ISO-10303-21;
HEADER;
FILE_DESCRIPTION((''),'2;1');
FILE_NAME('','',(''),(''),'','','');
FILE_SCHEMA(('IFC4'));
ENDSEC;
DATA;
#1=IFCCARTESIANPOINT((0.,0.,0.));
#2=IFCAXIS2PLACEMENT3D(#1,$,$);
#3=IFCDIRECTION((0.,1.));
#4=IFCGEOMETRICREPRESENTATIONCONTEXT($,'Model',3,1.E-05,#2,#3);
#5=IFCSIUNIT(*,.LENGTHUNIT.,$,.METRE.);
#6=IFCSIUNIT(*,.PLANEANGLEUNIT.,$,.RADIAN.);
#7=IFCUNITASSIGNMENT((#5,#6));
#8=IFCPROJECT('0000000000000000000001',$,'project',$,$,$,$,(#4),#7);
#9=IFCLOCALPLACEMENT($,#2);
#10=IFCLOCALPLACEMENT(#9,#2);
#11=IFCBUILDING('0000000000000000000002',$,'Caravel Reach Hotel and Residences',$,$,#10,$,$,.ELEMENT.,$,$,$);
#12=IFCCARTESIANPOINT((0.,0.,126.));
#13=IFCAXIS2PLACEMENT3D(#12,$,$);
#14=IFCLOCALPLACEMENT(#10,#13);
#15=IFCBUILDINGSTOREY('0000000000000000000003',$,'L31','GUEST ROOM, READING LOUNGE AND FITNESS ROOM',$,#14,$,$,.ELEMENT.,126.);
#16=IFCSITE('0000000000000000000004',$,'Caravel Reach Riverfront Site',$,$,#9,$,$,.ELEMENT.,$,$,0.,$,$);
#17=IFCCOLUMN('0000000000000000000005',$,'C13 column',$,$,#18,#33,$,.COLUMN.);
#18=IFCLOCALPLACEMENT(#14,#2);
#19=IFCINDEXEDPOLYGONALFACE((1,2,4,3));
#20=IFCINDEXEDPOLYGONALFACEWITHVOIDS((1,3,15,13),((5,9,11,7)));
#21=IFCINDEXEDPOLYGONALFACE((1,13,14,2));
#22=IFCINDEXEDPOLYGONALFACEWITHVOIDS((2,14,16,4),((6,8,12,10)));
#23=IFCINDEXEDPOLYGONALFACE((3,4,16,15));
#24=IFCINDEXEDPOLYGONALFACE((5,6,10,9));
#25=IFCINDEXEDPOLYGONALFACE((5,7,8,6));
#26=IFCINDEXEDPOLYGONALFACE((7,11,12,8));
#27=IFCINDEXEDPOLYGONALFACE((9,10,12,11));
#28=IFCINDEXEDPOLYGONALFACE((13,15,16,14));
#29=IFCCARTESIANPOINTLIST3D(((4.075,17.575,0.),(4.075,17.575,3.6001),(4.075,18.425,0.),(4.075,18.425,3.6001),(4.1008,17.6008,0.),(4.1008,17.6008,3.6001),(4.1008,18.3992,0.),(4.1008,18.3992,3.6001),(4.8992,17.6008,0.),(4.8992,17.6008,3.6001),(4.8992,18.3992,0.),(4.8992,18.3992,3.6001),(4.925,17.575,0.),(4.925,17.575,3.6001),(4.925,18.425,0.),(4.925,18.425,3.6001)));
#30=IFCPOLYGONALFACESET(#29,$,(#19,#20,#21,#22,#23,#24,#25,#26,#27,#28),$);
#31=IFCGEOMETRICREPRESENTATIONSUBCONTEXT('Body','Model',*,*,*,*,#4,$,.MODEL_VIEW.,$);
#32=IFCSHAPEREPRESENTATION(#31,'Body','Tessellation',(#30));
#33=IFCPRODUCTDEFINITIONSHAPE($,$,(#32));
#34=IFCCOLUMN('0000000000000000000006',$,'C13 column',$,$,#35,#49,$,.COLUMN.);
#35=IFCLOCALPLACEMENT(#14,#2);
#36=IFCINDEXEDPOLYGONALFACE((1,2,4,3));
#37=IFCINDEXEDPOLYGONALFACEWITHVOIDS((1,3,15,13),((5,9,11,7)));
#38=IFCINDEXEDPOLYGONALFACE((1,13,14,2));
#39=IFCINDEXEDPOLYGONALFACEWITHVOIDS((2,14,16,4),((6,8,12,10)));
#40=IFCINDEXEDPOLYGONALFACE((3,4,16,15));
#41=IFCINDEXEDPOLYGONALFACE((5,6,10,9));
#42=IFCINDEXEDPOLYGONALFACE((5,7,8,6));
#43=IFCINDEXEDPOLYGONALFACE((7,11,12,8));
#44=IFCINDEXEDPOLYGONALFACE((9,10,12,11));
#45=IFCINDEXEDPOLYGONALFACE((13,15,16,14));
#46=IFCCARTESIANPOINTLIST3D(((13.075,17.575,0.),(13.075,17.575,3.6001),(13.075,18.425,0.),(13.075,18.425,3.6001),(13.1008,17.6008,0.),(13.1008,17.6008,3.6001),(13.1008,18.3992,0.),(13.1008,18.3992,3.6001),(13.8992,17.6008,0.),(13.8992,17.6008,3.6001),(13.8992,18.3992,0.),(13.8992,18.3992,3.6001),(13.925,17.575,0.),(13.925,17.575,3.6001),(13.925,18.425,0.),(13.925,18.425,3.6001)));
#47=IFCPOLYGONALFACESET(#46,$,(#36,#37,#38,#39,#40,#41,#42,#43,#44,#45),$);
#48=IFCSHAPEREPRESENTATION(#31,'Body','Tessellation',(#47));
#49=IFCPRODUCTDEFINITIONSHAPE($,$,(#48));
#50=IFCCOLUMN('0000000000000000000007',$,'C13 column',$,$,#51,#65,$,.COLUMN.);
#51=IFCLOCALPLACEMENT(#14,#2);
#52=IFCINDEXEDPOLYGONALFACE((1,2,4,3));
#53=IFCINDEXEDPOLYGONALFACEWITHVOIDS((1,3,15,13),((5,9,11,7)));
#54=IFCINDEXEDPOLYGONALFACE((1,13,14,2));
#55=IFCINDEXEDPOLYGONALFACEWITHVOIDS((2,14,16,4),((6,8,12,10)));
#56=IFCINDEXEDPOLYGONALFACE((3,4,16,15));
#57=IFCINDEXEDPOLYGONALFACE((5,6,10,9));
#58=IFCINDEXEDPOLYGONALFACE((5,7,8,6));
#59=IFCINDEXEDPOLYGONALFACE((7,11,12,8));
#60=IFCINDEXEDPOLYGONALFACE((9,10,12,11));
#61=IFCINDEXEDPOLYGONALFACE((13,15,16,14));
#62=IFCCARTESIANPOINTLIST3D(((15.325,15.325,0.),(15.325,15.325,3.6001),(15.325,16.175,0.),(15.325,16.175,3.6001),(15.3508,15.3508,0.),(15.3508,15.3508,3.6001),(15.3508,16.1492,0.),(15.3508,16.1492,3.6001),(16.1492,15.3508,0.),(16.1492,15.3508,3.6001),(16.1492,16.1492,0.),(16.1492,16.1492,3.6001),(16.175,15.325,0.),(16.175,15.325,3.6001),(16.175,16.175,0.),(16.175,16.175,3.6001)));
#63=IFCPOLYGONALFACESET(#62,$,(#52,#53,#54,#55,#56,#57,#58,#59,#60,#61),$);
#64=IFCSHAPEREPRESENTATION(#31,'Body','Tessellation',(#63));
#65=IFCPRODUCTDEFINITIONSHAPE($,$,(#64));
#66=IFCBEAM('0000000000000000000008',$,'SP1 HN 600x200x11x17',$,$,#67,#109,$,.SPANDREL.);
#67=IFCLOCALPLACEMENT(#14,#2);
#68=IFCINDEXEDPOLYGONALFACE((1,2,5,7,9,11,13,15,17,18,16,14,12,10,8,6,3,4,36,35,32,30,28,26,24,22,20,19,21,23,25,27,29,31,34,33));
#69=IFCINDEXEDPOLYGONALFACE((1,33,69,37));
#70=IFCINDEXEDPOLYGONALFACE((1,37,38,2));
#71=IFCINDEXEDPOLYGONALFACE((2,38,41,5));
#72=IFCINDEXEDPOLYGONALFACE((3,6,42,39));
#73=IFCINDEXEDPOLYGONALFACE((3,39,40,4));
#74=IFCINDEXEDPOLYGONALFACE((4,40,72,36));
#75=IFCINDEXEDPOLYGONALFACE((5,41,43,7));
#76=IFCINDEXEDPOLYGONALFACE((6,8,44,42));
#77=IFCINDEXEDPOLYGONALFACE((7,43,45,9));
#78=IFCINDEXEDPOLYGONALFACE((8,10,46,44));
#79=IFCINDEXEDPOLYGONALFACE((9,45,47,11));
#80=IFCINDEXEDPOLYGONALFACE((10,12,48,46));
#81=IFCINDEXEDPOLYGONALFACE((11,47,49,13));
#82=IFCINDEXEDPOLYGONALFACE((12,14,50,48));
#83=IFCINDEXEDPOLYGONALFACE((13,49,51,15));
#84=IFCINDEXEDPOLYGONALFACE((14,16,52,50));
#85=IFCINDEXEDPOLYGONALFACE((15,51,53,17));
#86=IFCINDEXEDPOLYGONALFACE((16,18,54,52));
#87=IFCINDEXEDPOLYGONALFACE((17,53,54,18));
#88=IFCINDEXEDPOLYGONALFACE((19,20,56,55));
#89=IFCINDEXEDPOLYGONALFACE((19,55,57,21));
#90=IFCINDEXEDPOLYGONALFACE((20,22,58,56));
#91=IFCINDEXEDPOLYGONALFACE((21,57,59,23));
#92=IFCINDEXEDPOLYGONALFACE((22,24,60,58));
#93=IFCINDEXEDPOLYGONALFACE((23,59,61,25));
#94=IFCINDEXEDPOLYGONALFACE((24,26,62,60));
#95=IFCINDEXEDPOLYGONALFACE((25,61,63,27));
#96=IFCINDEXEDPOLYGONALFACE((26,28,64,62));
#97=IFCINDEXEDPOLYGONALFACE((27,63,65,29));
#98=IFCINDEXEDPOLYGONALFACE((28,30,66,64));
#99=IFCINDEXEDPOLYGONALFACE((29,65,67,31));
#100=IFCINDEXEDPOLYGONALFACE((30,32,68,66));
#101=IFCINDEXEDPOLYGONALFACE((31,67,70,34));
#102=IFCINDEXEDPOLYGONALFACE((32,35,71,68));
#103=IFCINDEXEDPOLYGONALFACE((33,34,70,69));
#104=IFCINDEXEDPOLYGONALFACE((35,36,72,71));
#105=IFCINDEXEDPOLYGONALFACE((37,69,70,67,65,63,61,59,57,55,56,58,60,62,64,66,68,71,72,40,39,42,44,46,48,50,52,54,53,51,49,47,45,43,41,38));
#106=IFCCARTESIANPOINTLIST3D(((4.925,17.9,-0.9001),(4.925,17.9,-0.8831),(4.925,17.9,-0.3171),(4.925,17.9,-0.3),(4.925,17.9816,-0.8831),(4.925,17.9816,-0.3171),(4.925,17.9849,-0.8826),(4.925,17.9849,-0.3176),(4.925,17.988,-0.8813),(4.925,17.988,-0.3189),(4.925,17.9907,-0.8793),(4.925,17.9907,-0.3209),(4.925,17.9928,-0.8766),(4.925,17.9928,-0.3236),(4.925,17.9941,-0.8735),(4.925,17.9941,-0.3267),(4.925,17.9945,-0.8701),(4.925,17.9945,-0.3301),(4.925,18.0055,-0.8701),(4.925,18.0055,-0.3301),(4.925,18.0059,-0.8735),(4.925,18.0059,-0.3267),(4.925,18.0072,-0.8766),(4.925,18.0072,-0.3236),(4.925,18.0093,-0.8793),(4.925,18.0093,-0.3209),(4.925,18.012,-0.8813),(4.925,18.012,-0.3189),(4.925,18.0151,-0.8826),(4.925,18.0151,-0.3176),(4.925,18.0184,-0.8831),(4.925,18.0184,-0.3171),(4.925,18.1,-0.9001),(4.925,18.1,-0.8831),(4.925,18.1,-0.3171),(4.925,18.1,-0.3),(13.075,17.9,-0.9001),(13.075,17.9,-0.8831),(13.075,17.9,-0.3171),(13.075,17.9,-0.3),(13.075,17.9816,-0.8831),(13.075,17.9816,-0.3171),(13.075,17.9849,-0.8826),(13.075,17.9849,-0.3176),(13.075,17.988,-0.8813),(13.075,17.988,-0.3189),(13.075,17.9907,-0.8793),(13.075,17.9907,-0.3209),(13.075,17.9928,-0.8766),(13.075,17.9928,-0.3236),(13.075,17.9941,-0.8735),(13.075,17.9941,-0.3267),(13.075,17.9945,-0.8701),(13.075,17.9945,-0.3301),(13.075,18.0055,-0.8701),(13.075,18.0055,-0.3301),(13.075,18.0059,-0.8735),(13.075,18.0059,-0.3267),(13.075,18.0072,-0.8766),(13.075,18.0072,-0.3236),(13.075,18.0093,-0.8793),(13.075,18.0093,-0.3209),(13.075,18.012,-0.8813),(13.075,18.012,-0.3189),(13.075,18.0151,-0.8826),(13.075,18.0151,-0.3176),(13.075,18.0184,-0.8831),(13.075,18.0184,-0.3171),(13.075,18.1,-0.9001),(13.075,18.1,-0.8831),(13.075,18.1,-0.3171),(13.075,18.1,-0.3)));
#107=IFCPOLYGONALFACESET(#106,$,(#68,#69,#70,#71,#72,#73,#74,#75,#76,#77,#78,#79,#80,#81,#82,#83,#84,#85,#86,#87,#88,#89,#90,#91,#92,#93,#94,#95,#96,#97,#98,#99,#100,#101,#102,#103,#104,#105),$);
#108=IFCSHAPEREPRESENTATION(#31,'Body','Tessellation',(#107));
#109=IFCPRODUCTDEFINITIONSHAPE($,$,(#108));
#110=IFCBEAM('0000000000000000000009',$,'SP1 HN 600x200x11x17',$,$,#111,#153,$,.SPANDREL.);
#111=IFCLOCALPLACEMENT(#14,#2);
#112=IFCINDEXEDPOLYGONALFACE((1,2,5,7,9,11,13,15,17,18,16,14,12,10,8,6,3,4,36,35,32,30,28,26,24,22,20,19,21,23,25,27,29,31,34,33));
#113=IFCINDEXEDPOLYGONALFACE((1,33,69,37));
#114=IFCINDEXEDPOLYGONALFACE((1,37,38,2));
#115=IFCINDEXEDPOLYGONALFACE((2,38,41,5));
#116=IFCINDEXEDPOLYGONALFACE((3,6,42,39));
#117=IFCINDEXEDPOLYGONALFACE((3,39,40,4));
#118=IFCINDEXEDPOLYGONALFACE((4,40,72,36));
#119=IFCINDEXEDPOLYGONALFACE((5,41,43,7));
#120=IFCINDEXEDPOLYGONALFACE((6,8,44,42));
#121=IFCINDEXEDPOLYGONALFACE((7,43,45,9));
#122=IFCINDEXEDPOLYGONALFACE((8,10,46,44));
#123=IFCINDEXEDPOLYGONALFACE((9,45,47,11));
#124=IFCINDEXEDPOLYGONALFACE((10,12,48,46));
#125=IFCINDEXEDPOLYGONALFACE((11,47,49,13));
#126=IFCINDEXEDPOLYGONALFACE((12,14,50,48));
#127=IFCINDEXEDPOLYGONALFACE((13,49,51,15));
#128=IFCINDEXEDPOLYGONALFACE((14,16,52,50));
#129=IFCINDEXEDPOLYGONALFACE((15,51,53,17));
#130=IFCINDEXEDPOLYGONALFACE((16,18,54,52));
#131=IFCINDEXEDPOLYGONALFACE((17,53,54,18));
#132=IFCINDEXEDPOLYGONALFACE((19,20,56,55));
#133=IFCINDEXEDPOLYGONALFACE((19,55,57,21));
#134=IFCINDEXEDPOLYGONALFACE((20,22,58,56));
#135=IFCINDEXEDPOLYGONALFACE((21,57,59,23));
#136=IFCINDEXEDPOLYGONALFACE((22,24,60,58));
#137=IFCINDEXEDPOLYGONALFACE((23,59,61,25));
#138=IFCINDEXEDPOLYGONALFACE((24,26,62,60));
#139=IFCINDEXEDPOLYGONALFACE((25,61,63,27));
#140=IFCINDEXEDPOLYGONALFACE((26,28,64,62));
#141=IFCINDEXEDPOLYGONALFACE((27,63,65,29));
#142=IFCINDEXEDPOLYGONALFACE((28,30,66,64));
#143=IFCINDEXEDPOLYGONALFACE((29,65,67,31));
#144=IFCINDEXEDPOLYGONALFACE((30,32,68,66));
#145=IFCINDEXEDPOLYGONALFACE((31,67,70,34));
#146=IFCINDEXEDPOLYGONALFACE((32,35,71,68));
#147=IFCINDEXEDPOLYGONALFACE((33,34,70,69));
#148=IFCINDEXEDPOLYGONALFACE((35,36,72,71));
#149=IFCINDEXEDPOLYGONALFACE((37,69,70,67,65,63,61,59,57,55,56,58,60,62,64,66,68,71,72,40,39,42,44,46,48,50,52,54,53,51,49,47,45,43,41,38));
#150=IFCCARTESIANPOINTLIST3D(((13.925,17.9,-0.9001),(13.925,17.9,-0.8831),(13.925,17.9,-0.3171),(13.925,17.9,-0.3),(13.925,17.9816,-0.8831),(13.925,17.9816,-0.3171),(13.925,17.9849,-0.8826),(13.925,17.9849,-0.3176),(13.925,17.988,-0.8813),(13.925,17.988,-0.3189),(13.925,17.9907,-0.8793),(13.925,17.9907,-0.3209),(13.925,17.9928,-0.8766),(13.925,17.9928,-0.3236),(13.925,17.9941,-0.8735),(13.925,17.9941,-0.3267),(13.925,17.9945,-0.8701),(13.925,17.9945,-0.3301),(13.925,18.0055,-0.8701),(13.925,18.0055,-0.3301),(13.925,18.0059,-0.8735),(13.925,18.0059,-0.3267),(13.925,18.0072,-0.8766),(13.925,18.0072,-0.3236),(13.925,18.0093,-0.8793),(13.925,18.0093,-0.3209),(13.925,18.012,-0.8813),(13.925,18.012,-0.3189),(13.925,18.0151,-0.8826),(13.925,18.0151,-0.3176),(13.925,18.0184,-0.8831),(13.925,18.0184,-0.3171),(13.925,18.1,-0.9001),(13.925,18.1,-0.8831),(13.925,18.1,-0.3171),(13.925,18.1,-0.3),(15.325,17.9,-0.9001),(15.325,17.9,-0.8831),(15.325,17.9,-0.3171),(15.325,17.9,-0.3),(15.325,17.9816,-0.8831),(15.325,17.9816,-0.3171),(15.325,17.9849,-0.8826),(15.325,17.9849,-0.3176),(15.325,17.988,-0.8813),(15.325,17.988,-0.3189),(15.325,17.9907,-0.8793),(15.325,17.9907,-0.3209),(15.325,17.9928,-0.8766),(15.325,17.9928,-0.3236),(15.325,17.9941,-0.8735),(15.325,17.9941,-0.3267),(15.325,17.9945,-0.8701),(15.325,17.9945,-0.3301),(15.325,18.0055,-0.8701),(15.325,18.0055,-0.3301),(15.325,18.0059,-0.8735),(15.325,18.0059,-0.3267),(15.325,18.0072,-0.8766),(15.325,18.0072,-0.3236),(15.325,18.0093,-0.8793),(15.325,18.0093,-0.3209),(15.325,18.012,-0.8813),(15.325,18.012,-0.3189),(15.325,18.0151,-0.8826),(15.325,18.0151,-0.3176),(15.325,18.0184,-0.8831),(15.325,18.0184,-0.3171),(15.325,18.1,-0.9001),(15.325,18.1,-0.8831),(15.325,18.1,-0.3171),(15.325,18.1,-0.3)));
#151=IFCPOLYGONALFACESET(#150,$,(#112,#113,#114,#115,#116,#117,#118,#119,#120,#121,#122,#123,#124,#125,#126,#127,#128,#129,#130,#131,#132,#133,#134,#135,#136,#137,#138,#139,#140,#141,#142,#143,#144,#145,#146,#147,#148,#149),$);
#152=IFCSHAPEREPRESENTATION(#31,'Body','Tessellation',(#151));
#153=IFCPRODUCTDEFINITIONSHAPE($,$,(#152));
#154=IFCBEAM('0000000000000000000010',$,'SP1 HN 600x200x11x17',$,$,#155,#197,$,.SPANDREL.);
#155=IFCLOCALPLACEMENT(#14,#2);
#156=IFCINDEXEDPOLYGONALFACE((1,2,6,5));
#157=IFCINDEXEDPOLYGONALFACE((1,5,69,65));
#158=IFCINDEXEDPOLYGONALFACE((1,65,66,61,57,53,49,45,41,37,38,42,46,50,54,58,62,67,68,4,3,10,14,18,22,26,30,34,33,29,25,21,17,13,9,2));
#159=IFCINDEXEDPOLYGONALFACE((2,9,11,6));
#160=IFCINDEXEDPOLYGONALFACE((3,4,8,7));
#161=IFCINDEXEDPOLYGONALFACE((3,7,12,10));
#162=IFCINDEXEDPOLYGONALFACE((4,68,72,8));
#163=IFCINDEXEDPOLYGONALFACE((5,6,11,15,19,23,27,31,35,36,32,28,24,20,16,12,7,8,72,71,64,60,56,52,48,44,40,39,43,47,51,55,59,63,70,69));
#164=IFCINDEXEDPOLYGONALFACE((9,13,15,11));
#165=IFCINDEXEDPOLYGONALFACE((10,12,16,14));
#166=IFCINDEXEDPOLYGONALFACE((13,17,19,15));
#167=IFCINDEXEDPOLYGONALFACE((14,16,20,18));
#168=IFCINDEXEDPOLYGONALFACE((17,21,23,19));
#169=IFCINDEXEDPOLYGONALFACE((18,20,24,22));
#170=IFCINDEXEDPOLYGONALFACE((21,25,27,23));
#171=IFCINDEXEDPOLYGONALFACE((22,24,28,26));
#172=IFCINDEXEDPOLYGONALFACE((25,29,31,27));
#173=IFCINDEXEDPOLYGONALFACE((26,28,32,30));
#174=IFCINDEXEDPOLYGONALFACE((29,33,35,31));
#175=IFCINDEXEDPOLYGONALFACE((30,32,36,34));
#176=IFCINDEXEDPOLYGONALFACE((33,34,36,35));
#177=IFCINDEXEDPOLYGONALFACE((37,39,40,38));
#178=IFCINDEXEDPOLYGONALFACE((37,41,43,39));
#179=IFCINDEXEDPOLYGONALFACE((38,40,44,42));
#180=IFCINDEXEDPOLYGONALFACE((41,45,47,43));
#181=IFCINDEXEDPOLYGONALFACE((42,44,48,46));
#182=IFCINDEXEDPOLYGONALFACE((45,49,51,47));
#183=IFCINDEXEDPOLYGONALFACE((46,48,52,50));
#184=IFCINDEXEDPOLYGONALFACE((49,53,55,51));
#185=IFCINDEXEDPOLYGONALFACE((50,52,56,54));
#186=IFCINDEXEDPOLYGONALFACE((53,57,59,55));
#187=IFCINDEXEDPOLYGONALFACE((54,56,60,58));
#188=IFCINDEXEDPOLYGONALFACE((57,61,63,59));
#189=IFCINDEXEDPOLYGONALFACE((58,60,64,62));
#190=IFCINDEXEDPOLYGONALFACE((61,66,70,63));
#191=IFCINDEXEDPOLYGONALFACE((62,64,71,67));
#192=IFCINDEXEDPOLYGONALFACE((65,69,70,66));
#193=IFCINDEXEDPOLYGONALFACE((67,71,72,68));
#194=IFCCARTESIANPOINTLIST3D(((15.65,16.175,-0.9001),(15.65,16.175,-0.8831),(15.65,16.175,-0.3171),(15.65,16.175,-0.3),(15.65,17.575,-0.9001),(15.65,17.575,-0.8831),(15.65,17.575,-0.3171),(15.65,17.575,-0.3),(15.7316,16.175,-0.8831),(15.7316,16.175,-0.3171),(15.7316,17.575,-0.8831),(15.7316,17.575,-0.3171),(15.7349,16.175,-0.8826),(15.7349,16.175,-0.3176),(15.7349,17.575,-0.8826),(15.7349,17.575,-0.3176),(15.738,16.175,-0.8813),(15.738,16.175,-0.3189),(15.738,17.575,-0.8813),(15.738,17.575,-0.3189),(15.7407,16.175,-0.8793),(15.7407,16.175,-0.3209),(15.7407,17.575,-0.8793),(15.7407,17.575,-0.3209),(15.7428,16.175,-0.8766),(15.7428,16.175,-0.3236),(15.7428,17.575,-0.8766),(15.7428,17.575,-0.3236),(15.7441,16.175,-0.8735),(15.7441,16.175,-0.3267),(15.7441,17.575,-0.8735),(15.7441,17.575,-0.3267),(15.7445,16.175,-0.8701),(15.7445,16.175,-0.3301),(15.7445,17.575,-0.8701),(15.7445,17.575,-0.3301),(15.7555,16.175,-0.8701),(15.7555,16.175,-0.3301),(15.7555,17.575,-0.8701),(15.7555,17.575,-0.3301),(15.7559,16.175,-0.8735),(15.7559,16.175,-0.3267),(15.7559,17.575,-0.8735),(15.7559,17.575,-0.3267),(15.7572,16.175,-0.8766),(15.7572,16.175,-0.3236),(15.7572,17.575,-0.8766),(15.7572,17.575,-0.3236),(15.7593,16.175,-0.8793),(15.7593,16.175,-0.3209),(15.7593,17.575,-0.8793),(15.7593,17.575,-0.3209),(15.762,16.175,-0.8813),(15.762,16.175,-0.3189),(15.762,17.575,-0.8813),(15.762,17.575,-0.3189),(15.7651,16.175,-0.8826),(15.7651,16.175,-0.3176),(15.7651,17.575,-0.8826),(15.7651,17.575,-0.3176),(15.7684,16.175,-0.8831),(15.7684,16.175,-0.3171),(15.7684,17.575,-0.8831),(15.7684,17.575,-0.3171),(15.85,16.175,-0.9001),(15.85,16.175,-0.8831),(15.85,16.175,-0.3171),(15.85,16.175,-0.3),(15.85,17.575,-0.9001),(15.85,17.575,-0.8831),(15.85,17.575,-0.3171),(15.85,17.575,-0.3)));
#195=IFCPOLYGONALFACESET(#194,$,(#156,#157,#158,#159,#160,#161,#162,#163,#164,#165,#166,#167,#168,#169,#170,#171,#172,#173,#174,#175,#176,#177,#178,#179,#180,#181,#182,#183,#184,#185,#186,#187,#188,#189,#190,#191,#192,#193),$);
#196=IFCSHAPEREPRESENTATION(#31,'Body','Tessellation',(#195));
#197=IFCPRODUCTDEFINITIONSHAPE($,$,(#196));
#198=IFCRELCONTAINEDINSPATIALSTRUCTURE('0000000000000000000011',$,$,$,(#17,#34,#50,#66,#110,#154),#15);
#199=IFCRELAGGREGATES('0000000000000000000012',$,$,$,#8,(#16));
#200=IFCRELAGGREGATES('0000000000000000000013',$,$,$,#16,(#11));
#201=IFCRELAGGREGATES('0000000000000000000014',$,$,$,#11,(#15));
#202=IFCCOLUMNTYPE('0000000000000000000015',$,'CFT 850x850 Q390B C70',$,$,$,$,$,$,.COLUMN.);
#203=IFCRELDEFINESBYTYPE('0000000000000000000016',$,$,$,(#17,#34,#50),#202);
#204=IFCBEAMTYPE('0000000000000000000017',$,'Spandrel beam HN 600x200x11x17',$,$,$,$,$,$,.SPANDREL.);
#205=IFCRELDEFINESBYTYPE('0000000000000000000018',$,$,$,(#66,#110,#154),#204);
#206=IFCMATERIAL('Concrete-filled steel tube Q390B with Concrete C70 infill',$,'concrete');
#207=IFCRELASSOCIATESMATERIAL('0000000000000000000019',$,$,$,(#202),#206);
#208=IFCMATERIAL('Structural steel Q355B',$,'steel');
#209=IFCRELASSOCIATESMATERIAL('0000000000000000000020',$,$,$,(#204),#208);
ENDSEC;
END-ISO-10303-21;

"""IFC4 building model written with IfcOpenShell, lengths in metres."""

from ifc_helpers import new_model, si_unit, direction, frame, origin, origin_2d, place, context, subcontext, project, spatial, hollow_rectangle, i_section, extrude, material, material_profile, profile_set, type_object, element, save


model = new_model("IFC4")

# Units and contexts
model_context = context("Model", 3, precision=1e-05, world=origin(), true_north=direction((0.0, 1.0)))
body_context = subcontext(model_context, "Body", "Model", "MODEL_VIEW")
ifc_project = project(units=[si_unit("LENGTHUNIT", "METRE"), si_unit("PLANEANGLEUNIT", "RADIAN")], contexts=[model_context])

# Site, building, storey
site_placement = place(None, origin())
site = spatial("IfcSite", under=ifc_project, at=site_placement, Name="Caravel Reach Riverfront Site", CompositionType="ELEMENT", RefElevation=0.0)
building_placement = place(site_placement, origin())
building = spatial("IfcBuilding", under=site, at=building_placement, Name="Caravel Reach Hotel and Residences", CompositionType="ELEMENT")
storey_placement = place(building_placement, frame((0.0, 0.0, 126.0)))
storey = spatial("IfcBuildingStorey", under=building, at=storey_placement, Name="L31", Description="GUEST ROOM, READING LOUNGE AND FITNESS ROOM", CompositionType="ELEMENT", Elevation=126.0)

# Columns
ifc_material_1 = material(Name="Concrete-filled steel tube Q390B with Concrete C70 infill", Category="concrete")
ifc_material_profile_1 = material_profile(ifc_material_1, hollow_rectangle(XDim=0.8501, YDim=0.8501, WallThickness=0.0259, at=origin_2d()), Name="RHS 850x850x26")
ifc_profile_set_1 = profile_set([ifc_material_profile_1], Name="Concrete-filled steel tube Q390B with Concrete C70 infill")
column_type = type_object("IfcColumnType", Name="CFT 850x850 Q390B C70", PredefinedType="COLUMN", material=ifc_profile_set_1)
for number, where, z_axis, x_axis, name in (
    (1, (4.5, 18.0, 0.0), (0.0, 0.0, 1.0), (1.0, 0.0, 0.0), "C13 column"),
    (2, (13.5, 18.0, 0.0), (0.0, 0.0, 1.0), (1.0, 0.0, 0.0), "C13 column"),
    (3, (15.75, 15.75, 0.0), (0.0, 0.0, 1.0), (1.0, 0.0, 0.0), "C13 column"),
):
    element("IfcColumn", number, at=place(storey_placement, frame(where, z_axis=z_axis, x_axis=x_axis)), inside=storey, type_object=column_type, Name=name, PredefinedType="COLUMN", context=body_context, shape_type="SweptSolid", body=[
        extrude(hollow_rectangle(XDim=0.8501, YDim=0.8501, WallThickness=0.0259, at=origin_2d()), origin(), (0.0, 0.0, 1.0), 3.6001),
    ])

# Beams
ifc_material_2 = material(Name="Structural steel Q355B", Category="steel")
ifc_material_profile_2 = material_profile(ifc_material_2, i_section(OverallWidth=0.2, OverallDepth=0.6001, WebThickness=0.011, FlangeThickness=0.0171, FilletRadius=0.0129, at=origin_2d()), Name="HN 600x200x11x17")
ifc_profile_set_2 = profile_set([ifc_material_profile_2], Name="Structural steel Q355B")
beam_type = type_object("IfcBeamType", Name="Spandrel beam HN 600x200x11x17", PredefinedType="SPANDREL", material=ifc_profile_set_2)
beam_placement = place(storey_placement, frame((4.925, 18.0, -0.6001), z_axis=(1.0, 0.0, 0.0), x_axis=(0.0, 1.0, 0.0)))
element("IfcBeam", 4, at=beam_placement, inside=storey, type_object=beam_type, Name="SP1 HN 600x200x11x17", PredefinedType="SPANDREL", context=body_context, shape_type="SweptSolid", body=[
    extrude(i_section(OverallWidth=0.2, OverallDepth=0.6001, WebThickness=0.011, FlangeThickness=0.0171, FilletRadius=0.0129, at=origin_2d()), origin(), (0.0, 0.0, 1.0), 8.1499),
])
for number, where, z_axis, x_axis, name in (
    (5, (13.925, 18.0, -0.6001), (1.0, 0.0, 0.0), (0.0, 1.0, 0.0), "SP1 HN 600x200x11x17"),
    (6, (15.75, 17.575, -0.6001), (0.0, -1.0, 0.0), (1.0, 0.0, 0.0), "SP1 HN 600x200x11x17"),
):
    element("IfcBeam", number, at=place(storey_placement, frame(where, z_axis=z_axis, x_axis=x_axis)), inside=storey, type_object=beam_type, Name=name, PredefinedType="SPANDREL", context=body_context, shape_type="SweptSolid", body=[
        extrude(i_section(OverallWidth=0.2, OverallDepth=0.6001, WebThickness=0.011, FlangeThickness=0.0171, FilletRadius=0.0129, at=origin_2d()), origin(), (0.0, 0.0, 1.0), 1.3999),
    ])

save(model, "model.ifc")
